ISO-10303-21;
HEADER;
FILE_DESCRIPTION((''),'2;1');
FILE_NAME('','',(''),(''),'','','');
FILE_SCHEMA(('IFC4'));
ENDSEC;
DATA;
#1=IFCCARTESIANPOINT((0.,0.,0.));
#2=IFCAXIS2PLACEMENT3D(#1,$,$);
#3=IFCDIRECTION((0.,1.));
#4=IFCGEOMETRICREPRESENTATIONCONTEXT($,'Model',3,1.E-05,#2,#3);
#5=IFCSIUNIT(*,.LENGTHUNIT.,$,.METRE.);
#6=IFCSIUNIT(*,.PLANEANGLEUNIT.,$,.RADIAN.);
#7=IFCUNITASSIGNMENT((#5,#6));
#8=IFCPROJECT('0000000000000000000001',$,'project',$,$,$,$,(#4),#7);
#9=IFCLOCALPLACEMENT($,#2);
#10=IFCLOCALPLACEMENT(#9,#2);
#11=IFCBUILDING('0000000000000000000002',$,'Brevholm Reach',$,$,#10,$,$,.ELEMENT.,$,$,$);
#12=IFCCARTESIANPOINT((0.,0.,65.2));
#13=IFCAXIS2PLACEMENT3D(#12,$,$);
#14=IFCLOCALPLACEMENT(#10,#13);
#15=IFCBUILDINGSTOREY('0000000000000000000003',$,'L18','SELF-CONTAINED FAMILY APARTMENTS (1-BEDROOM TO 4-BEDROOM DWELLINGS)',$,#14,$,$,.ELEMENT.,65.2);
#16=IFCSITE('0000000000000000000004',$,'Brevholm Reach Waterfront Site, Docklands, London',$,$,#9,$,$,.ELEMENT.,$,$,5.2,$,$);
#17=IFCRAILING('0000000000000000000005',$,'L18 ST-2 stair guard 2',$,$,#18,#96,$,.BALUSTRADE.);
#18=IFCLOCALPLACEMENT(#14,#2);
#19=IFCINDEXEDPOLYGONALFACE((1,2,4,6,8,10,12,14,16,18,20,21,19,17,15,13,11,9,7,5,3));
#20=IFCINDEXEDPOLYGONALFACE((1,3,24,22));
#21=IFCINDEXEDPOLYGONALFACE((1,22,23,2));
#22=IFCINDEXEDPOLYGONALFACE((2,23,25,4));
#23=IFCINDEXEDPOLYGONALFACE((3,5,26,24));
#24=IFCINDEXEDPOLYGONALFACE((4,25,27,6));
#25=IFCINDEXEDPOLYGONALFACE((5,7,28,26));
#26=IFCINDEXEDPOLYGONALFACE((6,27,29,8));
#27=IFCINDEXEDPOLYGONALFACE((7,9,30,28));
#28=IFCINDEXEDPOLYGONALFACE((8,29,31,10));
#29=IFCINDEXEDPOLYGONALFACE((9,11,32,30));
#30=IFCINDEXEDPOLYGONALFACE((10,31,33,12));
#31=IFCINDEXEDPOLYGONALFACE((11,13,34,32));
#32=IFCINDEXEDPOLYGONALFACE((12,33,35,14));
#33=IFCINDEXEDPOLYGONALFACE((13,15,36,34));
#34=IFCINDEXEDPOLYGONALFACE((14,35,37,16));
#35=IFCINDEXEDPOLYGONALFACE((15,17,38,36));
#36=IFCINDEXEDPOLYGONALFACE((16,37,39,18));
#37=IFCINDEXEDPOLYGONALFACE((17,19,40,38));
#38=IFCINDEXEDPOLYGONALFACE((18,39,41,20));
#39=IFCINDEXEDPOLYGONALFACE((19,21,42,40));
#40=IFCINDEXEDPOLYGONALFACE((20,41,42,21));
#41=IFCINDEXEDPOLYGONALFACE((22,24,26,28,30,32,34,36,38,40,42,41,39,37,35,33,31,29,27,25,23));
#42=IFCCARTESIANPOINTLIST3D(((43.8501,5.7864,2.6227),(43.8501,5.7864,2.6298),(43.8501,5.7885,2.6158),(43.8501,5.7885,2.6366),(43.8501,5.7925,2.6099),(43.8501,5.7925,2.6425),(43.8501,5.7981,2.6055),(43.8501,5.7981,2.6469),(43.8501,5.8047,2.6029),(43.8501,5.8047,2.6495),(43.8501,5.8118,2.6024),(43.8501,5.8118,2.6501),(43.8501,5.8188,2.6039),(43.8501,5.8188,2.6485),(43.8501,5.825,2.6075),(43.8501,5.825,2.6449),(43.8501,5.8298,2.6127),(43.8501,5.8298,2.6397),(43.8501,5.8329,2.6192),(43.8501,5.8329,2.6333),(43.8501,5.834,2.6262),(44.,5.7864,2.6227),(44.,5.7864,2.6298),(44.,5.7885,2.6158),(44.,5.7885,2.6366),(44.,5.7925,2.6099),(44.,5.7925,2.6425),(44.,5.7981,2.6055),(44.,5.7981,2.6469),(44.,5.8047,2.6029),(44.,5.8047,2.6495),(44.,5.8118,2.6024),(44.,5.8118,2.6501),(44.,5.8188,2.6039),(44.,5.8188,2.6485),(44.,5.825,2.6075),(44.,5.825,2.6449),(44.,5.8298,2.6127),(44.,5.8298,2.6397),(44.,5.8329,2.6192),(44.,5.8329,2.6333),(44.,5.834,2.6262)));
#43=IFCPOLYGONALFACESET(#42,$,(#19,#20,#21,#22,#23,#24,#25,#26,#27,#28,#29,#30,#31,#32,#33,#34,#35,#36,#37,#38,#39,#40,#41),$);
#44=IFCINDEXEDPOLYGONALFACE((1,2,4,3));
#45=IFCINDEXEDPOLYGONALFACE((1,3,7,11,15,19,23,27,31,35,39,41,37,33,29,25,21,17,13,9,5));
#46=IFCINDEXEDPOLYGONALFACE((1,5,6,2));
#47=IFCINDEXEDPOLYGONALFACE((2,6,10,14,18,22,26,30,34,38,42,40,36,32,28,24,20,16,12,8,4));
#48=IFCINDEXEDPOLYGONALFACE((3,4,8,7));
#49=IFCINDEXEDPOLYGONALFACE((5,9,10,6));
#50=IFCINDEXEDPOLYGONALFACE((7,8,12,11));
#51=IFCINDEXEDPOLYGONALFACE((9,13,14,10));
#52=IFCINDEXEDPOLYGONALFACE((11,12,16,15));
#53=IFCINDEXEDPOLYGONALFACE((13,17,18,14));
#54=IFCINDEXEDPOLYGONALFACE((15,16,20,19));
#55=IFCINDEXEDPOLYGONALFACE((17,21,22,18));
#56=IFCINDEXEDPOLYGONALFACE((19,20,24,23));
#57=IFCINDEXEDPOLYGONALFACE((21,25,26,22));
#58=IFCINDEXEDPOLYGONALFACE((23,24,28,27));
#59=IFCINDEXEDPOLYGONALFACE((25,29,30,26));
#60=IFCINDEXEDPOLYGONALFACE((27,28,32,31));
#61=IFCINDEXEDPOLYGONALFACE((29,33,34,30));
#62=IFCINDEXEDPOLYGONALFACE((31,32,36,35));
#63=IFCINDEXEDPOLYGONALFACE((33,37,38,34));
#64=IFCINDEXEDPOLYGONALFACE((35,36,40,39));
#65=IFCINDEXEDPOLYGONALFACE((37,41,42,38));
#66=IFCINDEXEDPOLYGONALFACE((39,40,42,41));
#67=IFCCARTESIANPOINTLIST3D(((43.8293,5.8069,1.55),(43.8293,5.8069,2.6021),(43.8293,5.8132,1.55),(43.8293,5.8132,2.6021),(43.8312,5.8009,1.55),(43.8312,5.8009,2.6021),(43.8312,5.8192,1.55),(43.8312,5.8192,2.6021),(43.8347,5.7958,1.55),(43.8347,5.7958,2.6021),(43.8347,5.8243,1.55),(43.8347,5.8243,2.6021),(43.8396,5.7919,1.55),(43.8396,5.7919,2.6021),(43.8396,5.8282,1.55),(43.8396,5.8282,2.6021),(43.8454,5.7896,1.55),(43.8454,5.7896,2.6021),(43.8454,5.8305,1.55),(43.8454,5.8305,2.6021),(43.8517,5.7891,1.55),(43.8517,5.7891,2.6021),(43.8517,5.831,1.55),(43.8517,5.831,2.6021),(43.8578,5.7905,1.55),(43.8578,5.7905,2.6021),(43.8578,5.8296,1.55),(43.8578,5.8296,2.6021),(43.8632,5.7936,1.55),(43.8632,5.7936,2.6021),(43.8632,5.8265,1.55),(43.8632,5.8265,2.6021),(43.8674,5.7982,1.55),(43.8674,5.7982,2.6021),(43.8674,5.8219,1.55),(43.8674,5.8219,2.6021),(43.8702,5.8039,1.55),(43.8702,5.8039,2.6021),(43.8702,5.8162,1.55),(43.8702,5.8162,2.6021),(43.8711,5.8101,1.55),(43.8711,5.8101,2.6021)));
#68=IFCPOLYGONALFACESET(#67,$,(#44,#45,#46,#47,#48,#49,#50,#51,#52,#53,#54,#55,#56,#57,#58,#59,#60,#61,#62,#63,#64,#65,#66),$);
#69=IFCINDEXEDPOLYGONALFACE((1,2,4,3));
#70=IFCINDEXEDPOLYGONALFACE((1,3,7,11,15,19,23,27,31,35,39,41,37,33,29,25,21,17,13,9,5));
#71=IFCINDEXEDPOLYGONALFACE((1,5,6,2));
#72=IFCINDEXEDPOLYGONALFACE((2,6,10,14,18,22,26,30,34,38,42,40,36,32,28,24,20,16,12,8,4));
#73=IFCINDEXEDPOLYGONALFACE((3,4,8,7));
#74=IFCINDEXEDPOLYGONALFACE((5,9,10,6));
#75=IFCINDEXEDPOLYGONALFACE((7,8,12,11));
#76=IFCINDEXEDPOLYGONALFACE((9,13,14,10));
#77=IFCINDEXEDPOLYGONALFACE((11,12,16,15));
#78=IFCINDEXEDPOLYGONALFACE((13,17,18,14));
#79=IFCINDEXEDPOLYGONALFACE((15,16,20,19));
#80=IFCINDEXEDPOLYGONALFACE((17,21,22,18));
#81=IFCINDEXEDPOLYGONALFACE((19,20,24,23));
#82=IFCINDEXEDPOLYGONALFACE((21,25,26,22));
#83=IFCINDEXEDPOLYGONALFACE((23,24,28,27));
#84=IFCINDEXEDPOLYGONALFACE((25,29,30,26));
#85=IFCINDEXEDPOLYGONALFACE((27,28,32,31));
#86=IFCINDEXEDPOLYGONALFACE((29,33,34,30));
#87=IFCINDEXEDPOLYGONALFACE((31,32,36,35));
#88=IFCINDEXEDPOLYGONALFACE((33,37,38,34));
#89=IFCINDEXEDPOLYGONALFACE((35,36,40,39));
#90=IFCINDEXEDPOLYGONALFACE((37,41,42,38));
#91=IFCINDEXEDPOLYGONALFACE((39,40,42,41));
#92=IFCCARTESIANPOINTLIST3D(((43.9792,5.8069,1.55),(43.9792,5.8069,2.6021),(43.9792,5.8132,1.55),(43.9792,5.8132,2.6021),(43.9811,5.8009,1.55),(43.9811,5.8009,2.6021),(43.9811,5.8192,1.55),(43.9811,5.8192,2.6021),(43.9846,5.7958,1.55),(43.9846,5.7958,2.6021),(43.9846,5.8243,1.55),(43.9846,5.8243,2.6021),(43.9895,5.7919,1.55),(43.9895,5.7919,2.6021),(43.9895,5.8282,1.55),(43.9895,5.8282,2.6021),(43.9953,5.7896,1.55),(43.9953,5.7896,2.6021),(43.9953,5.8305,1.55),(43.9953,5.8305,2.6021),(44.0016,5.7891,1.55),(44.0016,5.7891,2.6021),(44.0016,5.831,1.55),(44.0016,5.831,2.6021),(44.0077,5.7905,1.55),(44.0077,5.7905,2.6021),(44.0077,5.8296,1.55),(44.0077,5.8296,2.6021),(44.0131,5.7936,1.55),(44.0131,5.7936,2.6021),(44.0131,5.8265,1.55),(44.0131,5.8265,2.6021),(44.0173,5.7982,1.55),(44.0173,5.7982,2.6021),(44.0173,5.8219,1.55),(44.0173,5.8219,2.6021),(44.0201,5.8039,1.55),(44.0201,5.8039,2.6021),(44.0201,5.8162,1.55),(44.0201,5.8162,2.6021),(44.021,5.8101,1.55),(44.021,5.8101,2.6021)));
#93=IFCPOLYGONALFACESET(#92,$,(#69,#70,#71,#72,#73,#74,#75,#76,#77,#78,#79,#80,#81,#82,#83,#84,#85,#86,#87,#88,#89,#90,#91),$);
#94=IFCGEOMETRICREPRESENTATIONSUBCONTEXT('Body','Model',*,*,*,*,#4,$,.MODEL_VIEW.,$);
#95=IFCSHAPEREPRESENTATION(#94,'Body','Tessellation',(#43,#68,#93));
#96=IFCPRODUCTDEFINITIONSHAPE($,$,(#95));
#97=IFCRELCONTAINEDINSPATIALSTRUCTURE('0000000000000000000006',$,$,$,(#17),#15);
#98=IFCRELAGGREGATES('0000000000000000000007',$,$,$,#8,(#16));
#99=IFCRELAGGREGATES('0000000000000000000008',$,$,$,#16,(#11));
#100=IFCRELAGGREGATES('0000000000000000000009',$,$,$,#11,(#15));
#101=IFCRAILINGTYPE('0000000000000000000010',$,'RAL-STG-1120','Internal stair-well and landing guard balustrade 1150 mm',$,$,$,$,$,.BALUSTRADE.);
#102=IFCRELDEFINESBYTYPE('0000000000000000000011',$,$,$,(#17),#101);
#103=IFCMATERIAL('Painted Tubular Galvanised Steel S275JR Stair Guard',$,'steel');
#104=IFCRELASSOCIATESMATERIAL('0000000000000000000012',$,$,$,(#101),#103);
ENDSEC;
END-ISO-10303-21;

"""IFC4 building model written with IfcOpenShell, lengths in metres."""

from ifc_helpers import new_model, si_unit, direction, frame, origin, origin_2d, place, context, subcontext, project, spatial, circle, extrude, material, type_object, element, save


model = new_model("IFC4")

# Units and contexts
model_context = context("Model", 3, precision=1e-05, world=origin(), true_north=direction((0.0, 1.0)))
body_context = subcontext(model_context, "Body", "Model", "MODEL_VIEW")
ifc_project = project(units=[si_unit("LENGTHUNIT", "METRE"), si_unit("PLANEANGLEUNIT", "RADIAN")], contexts=[model_context])

# Site, building, storey
site_placement = place(None, origin())
site = spatial("IfcSite", under=ifc_project, at=site_placement, Name="Brevholm Reach Waterfront Site, Docklands, London", CompositionType="ELEMENT", RefElevation=5.2)
building_placement = place(site_placement, origin())
building = spatial("IfcBuilding", under=site, at=building_placement, Name="Brevholm Reach", CompositionType="ELEMENT")
storey_placement = place(building_placement, frame((0.0, 0.0, 65.2)))
storey = spatial("IfcBuildingStorey", under=building, at=storey_placement, Name="L18", Description="SELF-CONTAINED FAMILY APARTMENTS (1-BEDROOM TO 4-BEDROOM DWELLINGS)", CompositionType="ELEMENT", Elevation=65.2)

# Railing
ifc_material_1 = material(Name="Painted Tubular Galvanised Steel S275JR Stair Guard", Category="steel")
railing_type_1 = type_object("IfcRailingType", Name="RAL-STG-1120", Description="Internal stair-well and landing guard balustrade 1150 mm", PredefinedType="BALUSTRADE", material=ifc_material_1)
railing_1_placement = place(storey_placement, frame((43.8501, 5.8101, 1.55)))
element("IfcRailing", 1, at=railing_1_placement, inside=storey, type_object=railing_type_1, Name="L18 ST-2 stair guard 2", PredefinedType="BALUSTRADE", context=body_context, shape_type="SweptSolid", body=[
    extrude(circle(Radius=0.0239, at=origin_2d()), frame((0.0, 0.0, 1.0762), z_axis=(1.0, 0.0, 0.0), x_axis=(0.0, 1.0, 0.0)), (0.0, 0.0, 1.0), 0.1499),
    extrude(circle(Radius=0.021, at=origin_2d()), origin(), (0.0, 0.0, 1.0), 1.052),
    extrude(circle(Radius=0.021, at=origin_2d()), frame((0.1499, 0.0, 0.0)), (0.0, 0.0, 1.0), 1.052),
])

save(model, "model.ifc")
